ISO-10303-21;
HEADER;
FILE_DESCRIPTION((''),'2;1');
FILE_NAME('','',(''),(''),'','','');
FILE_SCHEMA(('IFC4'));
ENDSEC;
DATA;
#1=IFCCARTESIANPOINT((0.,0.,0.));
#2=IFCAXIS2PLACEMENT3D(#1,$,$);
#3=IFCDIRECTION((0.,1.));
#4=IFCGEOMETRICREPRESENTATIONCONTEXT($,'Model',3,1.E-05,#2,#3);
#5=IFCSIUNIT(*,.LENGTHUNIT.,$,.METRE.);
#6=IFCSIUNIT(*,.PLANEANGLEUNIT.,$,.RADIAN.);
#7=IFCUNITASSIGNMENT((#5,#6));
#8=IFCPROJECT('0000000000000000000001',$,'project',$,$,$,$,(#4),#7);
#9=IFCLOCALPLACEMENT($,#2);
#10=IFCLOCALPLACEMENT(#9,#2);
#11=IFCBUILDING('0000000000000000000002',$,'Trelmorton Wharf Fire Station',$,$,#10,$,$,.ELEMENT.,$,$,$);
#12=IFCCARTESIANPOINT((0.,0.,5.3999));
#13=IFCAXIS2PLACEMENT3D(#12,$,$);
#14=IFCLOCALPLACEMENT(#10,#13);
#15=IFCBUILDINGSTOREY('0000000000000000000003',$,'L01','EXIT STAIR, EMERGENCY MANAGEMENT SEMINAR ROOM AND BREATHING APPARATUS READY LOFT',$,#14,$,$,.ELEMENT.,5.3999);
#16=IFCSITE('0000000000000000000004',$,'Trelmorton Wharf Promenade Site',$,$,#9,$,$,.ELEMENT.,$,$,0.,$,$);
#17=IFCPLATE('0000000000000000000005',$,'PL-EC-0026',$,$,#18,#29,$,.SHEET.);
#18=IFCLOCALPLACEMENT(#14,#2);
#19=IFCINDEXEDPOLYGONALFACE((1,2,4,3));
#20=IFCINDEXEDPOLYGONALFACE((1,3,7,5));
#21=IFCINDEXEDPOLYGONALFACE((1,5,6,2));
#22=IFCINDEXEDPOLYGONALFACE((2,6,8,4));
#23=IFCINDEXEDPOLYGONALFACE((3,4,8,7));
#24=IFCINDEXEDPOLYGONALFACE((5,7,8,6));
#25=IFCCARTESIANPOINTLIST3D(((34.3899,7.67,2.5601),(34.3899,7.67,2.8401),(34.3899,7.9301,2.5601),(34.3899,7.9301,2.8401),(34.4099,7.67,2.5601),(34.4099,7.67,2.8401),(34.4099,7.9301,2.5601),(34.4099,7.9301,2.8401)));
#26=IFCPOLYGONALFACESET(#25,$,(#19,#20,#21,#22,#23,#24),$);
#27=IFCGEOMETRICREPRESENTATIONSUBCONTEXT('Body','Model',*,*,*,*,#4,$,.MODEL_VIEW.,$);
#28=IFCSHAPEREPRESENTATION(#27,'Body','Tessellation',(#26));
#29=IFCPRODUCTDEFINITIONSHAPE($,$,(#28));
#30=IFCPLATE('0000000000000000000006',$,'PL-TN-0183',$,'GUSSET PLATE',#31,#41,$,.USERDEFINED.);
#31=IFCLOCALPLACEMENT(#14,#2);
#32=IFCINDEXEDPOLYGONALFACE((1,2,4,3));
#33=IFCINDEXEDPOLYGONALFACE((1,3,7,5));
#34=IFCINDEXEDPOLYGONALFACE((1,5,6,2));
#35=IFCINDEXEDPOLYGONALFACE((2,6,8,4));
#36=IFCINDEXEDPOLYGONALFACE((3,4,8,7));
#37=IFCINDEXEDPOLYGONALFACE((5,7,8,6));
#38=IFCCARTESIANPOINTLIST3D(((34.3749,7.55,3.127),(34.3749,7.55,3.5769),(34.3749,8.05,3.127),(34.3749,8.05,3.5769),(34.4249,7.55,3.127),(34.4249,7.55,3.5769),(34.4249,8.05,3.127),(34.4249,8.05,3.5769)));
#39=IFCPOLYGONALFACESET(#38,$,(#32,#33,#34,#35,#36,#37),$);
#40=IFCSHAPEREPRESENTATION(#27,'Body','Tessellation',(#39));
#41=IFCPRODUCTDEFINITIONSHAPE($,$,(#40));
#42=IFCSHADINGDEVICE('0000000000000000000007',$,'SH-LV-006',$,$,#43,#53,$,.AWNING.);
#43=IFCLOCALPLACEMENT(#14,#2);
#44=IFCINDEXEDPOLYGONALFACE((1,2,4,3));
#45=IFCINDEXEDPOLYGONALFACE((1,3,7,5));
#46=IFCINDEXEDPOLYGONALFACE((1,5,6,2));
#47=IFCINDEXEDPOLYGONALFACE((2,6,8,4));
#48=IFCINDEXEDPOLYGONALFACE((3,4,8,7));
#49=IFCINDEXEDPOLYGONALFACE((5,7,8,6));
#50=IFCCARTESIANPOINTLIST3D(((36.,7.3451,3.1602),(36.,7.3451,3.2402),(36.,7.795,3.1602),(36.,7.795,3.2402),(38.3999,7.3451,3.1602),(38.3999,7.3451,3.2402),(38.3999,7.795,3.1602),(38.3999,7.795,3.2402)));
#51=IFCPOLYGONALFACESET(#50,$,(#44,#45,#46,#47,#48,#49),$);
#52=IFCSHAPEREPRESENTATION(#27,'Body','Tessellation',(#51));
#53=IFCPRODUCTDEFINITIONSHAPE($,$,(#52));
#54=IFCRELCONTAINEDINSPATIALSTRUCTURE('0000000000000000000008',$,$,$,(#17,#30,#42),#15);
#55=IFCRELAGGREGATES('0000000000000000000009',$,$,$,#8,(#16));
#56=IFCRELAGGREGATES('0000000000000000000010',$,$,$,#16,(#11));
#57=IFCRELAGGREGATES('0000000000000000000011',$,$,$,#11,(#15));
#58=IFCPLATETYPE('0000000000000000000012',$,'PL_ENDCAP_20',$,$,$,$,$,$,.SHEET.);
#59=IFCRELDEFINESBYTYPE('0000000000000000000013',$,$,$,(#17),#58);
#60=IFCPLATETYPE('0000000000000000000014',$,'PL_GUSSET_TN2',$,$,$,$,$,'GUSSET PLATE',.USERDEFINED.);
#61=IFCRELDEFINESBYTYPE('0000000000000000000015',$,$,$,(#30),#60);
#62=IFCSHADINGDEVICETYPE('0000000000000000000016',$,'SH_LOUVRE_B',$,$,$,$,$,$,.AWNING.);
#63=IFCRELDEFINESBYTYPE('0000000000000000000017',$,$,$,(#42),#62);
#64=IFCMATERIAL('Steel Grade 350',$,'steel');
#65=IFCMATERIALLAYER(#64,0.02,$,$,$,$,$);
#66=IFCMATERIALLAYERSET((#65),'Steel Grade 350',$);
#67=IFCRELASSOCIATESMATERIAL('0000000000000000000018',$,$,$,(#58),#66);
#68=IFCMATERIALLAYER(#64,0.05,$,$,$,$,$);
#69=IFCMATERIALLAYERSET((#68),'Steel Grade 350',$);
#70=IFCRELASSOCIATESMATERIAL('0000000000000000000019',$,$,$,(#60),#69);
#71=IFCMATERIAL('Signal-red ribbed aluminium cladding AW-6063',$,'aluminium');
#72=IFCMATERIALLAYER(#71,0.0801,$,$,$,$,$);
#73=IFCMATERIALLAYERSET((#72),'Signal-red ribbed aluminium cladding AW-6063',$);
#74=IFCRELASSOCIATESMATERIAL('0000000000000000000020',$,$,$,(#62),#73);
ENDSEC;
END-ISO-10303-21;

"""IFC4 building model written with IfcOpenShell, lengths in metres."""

from ifc_helpers import new_model, si_unit, direction, frame, origin, origin_2d, place, context, subcontext, project, spatial, rectangle, extrude, material, layer, layer_set, type_object, element, save


model = new_model("IFC4")

# Units and contexts
model_context = context("Model", 3, precision=1e-05, world=origin(), true_north=direction((0.0, 1.0)))
body_context = subcontext(model_context, "Body", "Model", "MODEL_VIEW")
ifc_project = project(units=[si_unit("LENGTHUNIT", "METRE"), si_unit("PLANEANGLEUNIT", "RADIAN")], contexts=[model_context])

# Site, building, storey
site_placement = place(None, origin())
site = spatial("IfcSite", under=ifc_project, at=site_placement, Name="Trelmorton Wharf Promenade Site", CompositionType="ELEMENT", RefElevation=0.0)
building_placement = place(site_placement, origin())
building = spatial("IfcBuilding", under=site, at=building_placement, Name="Trelmorton Wharf Fire Station", CompositionType="ELEMENT")
storey_placement = place(building_placement, frame((0.0, 0.0, 5.3999)))
storey = spatial("IfcBuildingStorey", under=building, at=storey_placement, Name="L01", Description="EXIT STAIR, EMERGENCY MANAGEMENT SEMINAR ROOM AND BREATHING APPARATUS READY LOFT", CompositionType="ELEMENT", Elevation=5.3999)

# Shared definitions
ifc_material_1 = material(Name="Steel Grade 350", Category="steel")

# Plates
ifc_layer_1 = layer(ifc_material_1, 0.02)
ifc_layer_set_1 = layer_set([ifc_layer_1], Name="Steel Grade 350")
plate_type_1 = type_object("IfcPlateType", Name="PL_ENDCAP_20", PredefinedType="SHEET", material=ifc_layer_set_1)
plate_1_placement = place(storey_placement, frame((34.3999, 7.8, 2.5601), z_axis=(0.0, 0.0, 1.0), x_axis=(1.0, 0.0, 0.0)))
element("IfcPlate", 1, at=plate_1_placement, inside=storey, type_object=plate_type_1, Name="PL-EC-0026", PredefinedType="SHEET", context=body_context, shape_type="SweptSolid", body=[
    extrude(rectangle(XDim=0.02, YDim=0.26, at=origin_2d()), origin(), (0.0, 0.0, 1.0), 0.28),
])
ifc_layer_2 = layer(ifc_material_1, 0.05)
ifc_layer_set_2 = layer_set([ifc_layer_2], Name="Steel Grade 350")
plate_type_2 = type_object("IfcPlateType", Name="PL_GUSSET_TN2", ElementType="GUSSET PLATE", PredefinedType="USERDEFINED", material=ifc_layer_set_2)
plate_2_placement = place(storey_placement, frame((34.3999, 7.8, 3.127), z_axis=(0.0, 0.0, 1.0), x_axis=(1.0, 0.0, 0.0)))
element("IfcPlate", 2, at=plate_2_placement, inside=storey, type_object=plate_type_2, Name="PL-TN-0183", ObjectType="GUSSET PLATE", PredefinedType="USERDEFINED", context=body_context, shape_type="SweptSolid", body=[
    extrude(rectangle(XDim=0.05, YDim=0.5, at=origin_2d()), origin(), (0.0, 0.0, 1.0), 0.45),
])

# Shading device
ifc_material_2 = material(Name="Signal-red ribbed aluminium cladding AW-6063", Category="aluminium")
ifc_layer_3 = layer(ifc_material_2, 0.0801)
ifc_layer_set_3 = layer_set([ifc_layer_3], Name="Signal-red ribbed aluminium cladding AW-6063")
shading_device_type = type_object("IfcShadingDeviceType", Name="SH_LOUVRE_B", PredefinedType="AWNING", material=ifc_layer_set_3)
shading_device_placement = place(storey_placement, frame((37.2, 7.5701, 3.1602), z_axis=(0.0, 0.0, 1.0), x_axis=(-1.0, 0.0, 0.0)))
element("IfcShadingDevice", 3, at=shading_device_placement, inside=storey, type_object=shading_device_type, Name="SH-LV-006", PredefinedType="AWNING", context=body_context, shape_type="SweptSolid", body=[
    extrude(rectangle(XDim=2.3999, YDim=0.45, at=origin_2d()), origin(), (0.0, 0.0, 1.0), 0.0801),
])

save(model, "model.ifc")
